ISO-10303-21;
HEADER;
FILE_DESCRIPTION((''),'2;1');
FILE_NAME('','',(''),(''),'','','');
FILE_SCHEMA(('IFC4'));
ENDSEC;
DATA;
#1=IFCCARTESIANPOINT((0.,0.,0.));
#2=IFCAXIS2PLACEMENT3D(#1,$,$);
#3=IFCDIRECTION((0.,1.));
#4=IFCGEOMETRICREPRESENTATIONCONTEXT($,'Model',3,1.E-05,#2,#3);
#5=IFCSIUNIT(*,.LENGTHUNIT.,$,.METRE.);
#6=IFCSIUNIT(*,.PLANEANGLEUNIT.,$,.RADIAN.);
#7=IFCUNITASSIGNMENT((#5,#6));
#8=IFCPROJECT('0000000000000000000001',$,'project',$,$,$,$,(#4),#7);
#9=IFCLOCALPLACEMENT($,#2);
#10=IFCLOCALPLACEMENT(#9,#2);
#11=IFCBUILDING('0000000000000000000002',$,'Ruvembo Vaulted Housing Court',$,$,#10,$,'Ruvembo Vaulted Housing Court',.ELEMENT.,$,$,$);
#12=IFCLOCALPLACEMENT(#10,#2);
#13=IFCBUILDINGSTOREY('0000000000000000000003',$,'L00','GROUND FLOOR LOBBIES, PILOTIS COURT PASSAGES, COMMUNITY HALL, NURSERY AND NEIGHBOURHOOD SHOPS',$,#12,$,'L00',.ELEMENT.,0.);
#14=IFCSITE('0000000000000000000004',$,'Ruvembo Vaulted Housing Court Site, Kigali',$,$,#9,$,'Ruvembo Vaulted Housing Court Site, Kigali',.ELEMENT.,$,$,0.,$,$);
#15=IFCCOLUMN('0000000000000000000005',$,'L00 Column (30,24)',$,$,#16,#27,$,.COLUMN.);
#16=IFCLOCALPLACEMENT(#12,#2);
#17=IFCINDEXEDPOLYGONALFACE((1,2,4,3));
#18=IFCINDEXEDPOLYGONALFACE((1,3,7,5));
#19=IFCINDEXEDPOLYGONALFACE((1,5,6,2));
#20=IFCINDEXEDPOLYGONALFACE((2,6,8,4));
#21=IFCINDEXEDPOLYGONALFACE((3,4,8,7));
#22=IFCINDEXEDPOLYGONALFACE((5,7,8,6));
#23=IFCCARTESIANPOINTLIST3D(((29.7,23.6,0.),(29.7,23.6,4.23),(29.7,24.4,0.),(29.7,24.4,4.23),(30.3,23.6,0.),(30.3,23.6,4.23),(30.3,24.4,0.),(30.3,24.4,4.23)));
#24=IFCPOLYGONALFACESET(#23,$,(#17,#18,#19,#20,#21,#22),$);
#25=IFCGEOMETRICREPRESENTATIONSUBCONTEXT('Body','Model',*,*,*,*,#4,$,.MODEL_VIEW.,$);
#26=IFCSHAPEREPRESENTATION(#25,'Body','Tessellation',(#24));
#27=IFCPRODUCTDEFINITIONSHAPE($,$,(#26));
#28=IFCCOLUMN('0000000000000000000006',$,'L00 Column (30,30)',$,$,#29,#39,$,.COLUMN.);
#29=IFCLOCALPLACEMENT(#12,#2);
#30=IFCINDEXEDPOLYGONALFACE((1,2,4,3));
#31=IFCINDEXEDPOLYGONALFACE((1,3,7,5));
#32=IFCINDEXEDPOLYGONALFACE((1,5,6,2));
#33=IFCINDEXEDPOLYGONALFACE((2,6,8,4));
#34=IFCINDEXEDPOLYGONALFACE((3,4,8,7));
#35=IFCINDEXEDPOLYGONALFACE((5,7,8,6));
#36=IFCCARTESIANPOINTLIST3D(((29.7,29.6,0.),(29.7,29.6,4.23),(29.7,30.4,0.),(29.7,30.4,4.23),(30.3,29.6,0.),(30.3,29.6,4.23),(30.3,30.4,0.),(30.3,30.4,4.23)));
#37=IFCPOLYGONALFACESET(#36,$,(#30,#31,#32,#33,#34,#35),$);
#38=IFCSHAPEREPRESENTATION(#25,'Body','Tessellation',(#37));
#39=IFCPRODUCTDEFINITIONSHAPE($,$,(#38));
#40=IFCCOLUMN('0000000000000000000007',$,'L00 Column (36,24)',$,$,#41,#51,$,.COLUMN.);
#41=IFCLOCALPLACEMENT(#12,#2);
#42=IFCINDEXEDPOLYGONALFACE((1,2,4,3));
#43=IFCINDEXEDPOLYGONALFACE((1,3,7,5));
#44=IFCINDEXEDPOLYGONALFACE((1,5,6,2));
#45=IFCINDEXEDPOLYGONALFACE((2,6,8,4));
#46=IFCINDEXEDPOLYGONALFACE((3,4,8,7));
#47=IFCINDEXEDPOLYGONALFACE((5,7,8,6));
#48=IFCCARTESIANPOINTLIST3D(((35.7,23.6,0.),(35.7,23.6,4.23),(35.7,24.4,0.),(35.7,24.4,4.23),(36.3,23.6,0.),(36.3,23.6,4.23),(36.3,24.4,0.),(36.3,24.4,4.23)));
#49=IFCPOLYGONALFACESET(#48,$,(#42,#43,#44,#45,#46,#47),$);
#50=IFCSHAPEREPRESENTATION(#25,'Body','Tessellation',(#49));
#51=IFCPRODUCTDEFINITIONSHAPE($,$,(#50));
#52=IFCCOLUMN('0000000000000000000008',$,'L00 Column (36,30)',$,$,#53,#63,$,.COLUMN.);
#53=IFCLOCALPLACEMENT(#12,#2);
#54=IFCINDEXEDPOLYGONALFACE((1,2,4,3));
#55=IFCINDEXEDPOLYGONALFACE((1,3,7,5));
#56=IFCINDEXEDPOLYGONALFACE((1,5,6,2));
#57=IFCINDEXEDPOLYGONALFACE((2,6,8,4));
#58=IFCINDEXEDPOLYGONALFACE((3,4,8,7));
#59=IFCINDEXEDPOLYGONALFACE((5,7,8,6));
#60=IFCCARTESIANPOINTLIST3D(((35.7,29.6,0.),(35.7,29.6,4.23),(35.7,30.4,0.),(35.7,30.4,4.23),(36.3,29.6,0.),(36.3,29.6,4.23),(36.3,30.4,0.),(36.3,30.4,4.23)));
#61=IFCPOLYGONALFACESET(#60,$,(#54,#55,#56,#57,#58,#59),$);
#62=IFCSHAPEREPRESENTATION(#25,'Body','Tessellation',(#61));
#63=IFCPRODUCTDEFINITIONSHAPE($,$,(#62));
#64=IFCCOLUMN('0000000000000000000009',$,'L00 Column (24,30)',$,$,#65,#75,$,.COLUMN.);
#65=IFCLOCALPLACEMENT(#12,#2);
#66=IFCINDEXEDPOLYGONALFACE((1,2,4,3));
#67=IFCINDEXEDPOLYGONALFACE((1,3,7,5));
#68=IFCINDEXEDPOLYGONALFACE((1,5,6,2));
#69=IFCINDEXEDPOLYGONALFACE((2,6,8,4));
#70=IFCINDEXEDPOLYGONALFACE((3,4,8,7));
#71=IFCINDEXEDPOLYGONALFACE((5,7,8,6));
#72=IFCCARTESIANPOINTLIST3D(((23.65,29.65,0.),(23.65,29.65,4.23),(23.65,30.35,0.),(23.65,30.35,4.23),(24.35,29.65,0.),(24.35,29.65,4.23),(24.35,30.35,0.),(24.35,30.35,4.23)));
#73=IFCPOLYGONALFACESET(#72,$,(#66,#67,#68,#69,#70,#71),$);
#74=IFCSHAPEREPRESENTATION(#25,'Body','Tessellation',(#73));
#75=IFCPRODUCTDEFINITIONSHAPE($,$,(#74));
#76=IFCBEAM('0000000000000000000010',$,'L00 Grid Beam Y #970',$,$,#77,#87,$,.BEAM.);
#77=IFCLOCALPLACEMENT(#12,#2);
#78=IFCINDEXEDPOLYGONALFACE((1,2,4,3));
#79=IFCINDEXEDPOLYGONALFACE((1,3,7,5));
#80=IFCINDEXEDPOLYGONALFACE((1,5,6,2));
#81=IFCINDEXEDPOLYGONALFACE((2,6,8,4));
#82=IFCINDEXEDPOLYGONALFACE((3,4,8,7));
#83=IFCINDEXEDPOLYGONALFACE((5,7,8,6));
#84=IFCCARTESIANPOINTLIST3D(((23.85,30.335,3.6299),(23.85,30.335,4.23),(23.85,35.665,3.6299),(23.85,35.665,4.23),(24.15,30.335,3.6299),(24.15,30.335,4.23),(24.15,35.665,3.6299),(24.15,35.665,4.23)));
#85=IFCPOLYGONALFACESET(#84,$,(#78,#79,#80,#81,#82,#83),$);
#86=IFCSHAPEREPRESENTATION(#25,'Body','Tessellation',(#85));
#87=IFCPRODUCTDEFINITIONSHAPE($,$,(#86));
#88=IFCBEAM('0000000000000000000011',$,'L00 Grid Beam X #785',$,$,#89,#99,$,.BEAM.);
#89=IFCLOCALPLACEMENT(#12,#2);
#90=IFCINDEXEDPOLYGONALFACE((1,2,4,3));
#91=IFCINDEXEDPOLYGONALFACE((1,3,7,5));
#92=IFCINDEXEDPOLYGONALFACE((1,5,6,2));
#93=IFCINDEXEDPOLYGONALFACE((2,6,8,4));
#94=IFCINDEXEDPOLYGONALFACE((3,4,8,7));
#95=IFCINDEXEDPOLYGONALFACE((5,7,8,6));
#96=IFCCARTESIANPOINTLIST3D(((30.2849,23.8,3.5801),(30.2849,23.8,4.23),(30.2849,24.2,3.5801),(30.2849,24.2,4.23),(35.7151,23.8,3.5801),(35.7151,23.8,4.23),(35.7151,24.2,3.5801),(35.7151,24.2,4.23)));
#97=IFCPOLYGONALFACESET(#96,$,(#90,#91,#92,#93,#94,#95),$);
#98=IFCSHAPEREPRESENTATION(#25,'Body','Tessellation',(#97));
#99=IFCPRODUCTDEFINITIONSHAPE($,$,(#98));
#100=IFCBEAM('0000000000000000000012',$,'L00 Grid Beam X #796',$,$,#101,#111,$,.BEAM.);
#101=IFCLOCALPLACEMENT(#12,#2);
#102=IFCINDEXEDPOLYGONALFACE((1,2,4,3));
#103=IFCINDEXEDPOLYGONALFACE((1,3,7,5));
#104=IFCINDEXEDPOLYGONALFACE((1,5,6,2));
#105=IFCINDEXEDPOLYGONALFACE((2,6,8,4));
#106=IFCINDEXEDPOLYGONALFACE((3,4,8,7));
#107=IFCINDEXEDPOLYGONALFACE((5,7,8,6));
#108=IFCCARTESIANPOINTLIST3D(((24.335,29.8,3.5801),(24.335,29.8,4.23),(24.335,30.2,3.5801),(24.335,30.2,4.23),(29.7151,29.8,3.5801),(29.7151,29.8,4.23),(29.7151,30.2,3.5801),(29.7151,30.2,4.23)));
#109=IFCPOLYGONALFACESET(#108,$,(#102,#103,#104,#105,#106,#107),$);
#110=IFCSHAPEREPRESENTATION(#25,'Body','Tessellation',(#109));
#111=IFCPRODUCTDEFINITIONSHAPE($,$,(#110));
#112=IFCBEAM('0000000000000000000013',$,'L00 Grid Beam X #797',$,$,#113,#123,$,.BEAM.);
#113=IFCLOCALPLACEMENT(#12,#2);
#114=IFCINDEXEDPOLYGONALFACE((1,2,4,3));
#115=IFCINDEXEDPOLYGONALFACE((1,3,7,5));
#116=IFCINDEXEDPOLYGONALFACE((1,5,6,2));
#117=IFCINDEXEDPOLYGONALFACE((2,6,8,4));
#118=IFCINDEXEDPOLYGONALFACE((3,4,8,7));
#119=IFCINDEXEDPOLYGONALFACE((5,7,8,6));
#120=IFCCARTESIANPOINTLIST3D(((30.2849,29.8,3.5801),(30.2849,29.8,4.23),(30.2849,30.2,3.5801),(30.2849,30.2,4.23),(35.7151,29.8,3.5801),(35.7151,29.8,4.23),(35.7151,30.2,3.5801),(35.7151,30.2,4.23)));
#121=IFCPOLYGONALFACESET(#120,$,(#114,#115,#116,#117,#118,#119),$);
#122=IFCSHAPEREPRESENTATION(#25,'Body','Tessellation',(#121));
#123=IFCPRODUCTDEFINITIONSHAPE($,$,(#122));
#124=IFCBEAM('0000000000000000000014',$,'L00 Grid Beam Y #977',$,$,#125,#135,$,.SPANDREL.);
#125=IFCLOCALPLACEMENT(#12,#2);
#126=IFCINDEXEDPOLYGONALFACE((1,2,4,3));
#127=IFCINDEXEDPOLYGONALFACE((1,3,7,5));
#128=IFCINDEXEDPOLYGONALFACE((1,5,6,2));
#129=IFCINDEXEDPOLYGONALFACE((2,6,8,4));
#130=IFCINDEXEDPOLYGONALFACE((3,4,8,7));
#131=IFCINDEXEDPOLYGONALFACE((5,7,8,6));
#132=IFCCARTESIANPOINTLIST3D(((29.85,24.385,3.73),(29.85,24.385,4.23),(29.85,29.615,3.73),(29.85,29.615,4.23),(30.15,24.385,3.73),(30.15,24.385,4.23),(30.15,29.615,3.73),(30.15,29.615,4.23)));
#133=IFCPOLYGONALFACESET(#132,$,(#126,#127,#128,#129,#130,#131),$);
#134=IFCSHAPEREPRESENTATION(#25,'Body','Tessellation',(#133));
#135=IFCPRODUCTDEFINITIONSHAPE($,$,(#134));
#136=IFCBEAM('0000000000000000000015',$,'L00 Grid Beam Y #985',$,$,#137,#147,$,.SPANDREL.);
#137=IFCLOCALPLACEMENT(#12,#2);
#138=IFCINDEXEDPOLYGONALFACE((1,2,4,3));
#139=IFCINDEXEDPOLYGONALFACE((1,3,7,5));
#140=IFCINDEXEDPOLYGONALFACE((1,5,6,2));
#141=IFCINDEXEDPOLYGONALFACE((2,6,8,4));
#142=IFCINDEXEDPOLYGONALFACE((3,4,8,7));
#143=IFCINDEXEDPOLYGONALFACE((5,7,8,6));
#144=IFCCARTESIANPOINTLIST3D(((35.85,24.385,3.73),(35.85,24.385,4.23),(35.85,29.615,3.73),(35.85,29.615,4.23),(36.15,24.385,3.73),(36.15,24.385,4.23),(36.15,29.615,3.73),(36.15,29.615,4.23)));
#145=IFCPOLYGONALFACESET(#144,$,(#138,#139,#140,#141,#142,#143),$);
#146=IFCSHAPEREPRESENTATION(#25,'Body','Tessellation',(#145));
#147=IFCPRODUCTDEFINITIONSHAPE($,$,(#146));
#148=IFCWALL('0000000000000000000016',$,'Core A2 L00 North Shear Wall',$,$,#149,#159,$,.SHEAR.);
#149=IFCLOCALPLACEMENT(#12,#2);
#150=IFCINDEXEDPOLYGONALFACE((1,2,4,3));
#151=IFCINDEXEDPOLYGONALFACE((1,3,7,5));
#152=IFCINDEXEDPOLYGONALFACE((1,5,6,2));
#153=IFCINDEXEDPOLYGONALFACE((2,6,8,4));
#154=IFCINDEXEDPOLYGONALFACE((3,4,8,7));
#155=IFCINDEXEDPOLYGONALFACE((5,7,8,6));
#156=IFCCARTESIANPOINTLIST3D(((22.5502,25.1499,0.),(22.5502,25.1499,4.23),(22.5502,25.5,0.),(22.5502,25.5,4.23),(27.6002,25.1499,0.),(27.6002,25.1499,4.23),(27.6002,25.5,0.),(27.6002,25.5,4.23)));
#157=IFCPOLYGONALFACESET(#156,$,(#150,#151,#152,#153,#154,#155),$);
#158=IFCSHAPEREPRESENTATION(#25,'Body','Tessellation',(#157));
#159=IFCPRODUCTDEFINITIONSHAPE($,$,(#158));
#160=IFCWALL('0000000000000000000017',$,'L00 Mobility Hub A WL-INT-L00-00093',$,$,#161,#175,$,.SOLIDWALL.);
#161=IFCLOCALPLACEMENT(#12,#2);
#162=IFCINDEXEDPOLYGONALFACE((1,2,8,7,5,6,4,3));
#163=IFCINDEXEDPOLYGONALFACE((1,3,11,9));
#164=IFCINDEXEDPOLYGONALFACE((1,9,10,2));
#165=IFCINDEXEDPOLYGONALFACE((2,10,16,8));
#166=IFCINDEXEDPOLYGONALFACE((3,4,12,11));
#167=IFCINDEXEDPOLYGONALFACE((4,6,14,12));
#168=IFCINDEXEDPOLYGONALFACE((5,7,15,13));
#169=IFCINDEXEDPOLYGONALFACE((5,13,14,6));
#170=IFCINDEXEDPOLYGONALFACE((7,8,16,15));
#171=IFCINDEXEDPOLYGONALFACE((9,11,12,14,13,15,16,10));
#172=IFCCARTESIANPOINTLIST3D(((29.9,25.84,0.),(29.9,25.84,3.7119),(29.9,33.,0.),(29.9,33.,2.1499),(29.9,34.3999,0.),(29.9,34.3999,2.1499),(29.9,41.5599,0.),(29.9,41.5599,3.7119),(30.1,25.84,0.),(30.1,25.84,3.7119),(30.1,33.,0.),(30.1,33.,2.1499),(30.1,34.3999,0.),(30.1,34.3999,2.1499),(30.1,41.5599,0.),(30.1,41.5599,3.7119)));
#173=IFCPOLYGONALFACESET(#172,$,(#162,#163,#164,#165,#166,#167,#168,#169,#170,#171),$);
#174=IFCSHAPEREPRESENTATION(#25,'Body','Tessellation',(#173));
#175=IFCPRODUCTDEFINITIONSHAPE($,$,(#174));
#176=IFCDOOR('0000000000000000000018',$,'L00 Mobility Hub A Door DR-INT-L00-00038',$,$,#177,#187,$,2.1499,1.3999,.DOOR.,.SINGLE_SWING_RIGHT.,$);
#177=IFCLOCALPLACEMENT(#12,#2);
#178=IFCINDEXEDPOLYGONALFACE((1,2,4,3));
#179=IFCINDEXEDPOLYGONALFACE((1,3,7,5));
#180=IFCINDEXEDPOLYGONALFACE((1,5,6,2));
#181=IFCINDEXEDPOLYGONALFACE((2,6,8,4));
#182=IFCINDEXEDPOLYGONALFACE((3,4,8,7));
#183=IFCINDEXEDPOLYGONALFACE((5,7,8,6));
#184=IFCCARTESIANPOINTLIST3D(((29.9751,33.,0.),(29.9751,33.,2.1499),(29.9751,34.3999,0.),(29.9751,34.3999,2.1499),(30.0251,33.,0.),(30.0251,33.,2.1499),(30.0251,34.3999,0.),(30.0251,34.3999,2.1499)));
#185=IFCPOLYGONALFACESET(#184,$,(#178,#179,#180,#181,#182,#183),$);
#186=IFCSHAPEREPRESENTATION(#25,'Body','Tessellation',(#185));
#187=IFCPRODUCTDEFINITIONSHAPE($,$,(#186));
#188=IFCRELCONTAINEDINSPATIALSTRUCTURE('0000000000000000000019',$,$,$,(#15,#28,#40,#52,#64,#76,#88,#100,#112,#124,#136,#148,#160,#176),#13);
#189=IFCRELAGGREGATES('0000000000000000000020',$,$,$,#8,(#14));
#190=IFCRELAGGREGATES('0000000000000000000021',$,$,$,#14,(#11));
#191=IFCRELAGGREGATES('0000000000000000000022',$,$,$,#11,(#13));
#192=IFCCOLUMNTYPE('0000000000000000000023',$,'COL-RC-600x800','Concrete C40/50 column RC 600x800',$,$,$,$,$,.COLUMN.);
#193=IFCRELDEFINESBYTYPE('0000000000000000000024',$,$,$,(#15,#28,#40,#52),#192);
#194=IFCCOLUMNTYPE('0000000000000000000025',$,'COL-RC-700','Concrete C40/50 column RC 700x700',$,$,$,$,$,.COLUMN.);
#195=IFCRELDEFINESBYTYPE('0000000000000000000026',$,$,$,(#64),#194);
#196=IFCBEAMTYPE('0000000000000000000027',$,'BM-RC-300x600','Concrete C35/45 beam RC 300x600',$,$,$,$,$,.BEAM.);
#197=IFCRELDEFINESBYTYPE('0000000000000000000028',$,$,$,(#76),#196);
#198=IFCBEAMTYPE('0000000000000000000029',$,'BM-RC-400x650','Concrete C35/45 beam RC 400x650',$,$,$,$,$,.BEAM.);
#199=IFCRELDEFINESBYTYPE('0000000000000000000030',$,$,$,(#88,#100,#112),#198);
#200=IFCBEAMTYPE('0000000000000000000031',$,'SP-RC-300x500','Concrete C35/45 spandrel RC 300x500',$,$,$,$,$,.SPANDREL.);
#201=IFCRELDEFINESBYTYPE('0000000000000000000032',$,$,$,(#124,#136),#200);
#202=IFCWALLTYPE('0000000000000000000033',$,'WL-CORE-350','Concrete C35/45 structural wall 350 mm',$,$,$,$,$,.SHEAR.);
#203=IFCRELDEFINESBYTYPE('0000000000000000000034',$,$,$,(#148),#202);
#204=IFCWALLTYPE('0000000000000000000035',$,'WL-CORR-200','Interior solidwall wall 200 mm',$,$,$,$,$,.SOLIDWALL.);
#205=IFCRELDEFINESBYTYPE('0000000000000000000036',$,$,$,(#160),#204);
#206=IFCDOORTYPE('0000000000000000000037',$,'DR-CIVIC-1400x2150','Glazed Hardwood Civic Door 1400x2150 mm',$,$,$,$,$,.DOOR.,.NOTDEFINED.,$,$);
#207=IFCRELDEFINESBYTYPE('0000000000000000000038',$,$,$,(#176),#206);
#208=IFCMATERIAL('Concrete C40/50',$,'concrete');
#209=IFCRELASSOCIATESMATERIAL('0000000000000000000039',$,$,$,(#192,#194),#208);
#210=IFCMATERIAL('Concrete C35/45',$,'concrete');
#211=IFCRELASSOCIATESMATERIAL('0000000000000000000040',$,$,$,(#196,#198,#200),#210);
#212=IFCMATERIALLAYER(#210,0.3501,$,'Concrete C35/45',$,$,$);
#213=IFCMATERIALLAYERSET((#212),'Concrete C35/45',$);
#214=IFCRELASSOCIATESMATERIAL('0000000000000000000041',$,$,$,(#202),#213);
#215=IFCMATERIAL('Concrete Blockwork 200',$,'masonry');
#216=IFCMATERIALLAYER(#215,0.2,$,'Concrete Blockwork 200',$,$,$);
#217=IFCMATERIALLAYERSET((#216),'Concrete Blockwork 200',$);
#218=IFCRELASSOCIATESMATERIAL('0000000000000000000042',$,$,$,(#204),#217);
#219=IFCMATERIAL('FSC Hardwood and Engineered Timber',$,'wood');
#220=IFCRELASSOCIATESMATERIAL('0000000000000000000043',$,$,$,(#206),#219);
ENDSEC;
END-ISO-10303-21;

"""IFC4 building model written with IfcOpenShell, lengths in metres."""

from ifc_helpers import new_model, si_unit, direction, frame, frame_2d, origin, origin_2d, place, context, subcontext, project, spatial, rectangle, extrude, material, layer, layer_set, material_profile, profile_set, type_object, element, fill, save


model = new_model("IFC4")

# Units and contexts
model_context = context("Model", 3, precision=1e-05, world=origin(), true_north=direction((0.0, 1.0)))
body_context = subcontext(model_context, "Body", "Model", "MODEL_VIEW")
ifc_project = project(units=[si_unit("LENGTHUNIT", "METRE"), si_unit("PLANEANGLEUNIT", "RADIAN")], contexts=[model_context])

# Site, building, storey
site_placement = place(None, origin())
site = spatial("IfcSite", under=ifc_project, at=site_placement, Name="Ruvembo Vaulted Housing Court Site, Kigali", LongName="Ruvembo Vaulted Housing Court Site, Kigali", CompositionType="ELEMENT", RefElevation=0.0)
building_placement = place(site_placement, origin())
building = spatial("IfcBuilding", under=site, at=building_placement, Name="Ruvembo Vaulted Housing Court", LongName="Ruvembo Vaulted Housing Court", CompositionType="ELEMENT")
storey_placement = place(building_placement, origin())
storey = spatial("IfcBuildingStorey", under=building, at=storey_placement, Name="L00", Description="GROUND FLOOR LOBBIES, PILOTIS COURT PASSAGES, COMMUNITY HALL, NURSERY AND NEIGHBOURHOOD SHOPS", LongName="L00", CompositionType="ELEMENT", Elevation=0.0)

# Columns
ifc_material_1 = material(Name="Concrete C40/50", Category="concrete")
ifc_material_profile_1 = material_profile(ifc_material_1, rectangle(XDim=0.6001, YDim=0.8, at=origin_2d()), Name="RC 600x800")
ifc_profile_set_1 = profile_set([ifc_material_profile_1], Name="Concrete C40/50")
column_type_1 = type_object("IfcColumnType", Name="COL-RC-600x800", Description="Concrete C40/50 column RC 600x800", PredefinedType="COLUMN", material=ifc_profile_set_1)
for number, where, z_axis, x_axis, name in (
    (1, (30.0, 24.0, 0.0), (0.0, 0.0, 1.0), (1.0, 0.0, 0.0), "L00 Column (30,24)"),
    (2, (30.0, 30.0, 0.0), (0.0, 0.0, 1.0), (1.0, 0.0, 0.0), "L00 Column (30,30)"),
    (3, (36.0, 24.0, 0.0), (0.0, 0.0, 1.0), (1.0, 0.0, 0.0), "L00 Column (36,24)"),
    (4, (36.0, 30.0, 0.0), (0.0, 0.0, 1.0), (1.0, 0.0, 0.0), "L00 Column (36,30)"),
):
    element("IfcColumn", number, at=place(storey_placement, frame(where, z_axis=z_axis, x_axis=x_axis)), inside=storey, type_object=column_type_1, Name=name, PredefinedType="COLUMN", context=body_context, shape_type="SweptSolid", body=[
        extrude(rectangle(XDim=0.6001, YDim=0.8, at=origin_2d()), origin(), (0.0, 0.0, 1.0), 4.23),
    ])
ifc_material_profile_2 = material_profile(ifc_material_1, rectangle(XDim=0.7, YDim=0.7, at=origin_2d()), Name="RC 700x700")
ifc_profile_set_2 = profile_set([ifc_material_profile_2], Name="Concrete C40/50")
column_type_2 = type_object("IfcColumnType", Name="COL-RC-700", Description="Concrete C40/50 column RC 700x700", PredefinedType="COLUMN", material=ifc_profile_set_2)
column_placement = place(storey_placement, frame((24.0, 30.0, 0.0), z_axis=(0.0, 0.0, 1.0), x_axis=(1.0, 0.0, 0.0)))
element("IfcColumn", 5, at=column_placement, inside=storey, type_object=column_type_2, Name="L00 Column (24,30)", PredefinedType="COLUMN", context=body_context, shape_type="SweptSolid", body=[
    extrude(rectangle(XDim=0.7, YDim=0.7, at=origin_2d()), origin(), (0.0, 0.0, 1.0), 4.23),
])

# Beams
ifc_material_2 = material(Name="Concrete C35/45", Category="concrete")
ifc_material_profile_3 = material_profile(ifc_material_2, rectangle(XDim=0.3, YDim=0.6001, at=origin_2d()), Name="RC 300x600")
ifc_profile_set_3 = profile_set([ifc_material_profile_3], Name="Concrete C35/45")
beam_type_1 = type_object("IfcBeamType", Name="BM-RC-300x600", Description="Concrete C35/45 beam RC 300x600", PredefinedType="BEAM", material=ifc_profile_set_3)
beam_1_placement = place(storey_placement, frame((24.0, 30.335, 3.9299), z_axis=(0.0, 1.0, 0.0), x_axis=(-1.0, 0.0, 0.0)))
element("IfcBeam", 6, at=beam_1_placement, inside=storey, type_object=beam_type_1, Name="L00 Grid Beam Y #970", PredefinedType="BEAM", context=body_context, shape_type="SweptSolid", body=[
    extrude(rectangle(XDim=0.3, YDim=0.6001, at=origin_2d()), origin(), (0.0, 0.0, 1.0), 5.3301),
])
ifc_material_profile_4 = material_profile(ifc_material_2, rectangle(XDim=0.3999, YDim=0.6499, at=origin_2d()), Name="RC 400x650")
ifc_profile_set_4 = profile_set([ifc_material_profile_4], Name="Concrete C35/45")
beam_type_2 = type_object("IfcBeamType", Name="BM-RC-400x650", Description="Concrete C35/45 beam RC 400x650", PredefinedType="BEAM", material=ifc_profile_set_4)
beam_2_placement = place(storey_placement, frame((30.2849, 24.0, 3.905), z_axis=(1.0, 0.0, 0.0), x_axis=(0.0, 1.0, 0.0)))
element("IfcBeam", 7, at=beam_2_placement, inside=storey, type_object=beam_type_2, Name="L00 Grid Beam X #785", PredefinedType="BEAM", context=body_context, shape_type="SweptSolid", body=[
    extrude(rectangle(XDim=0.3999, YDim=0.6499, at=origin_2d()), origin(), (0.0, 0.0, 1.0), 5.4302),
])
beam_3_placement = place(storey_placement, frame((24.335, 30.0, 3.905), z_axis=(1.0, 0.0, 0.0), x_axis=(0.0, 1.0, 0.0)))
element("IfcBeam", 8, at=beam_3_placement, inside=storey, type_object=beam_type_2, Name="L00 Grid Beam X #796", PredefinedType="BEAM", context=body_context, shape_type="SweptSolid", body=[
    extrude(rectangle(XDim=0.3999, YDim=0.6499, at=origin_2d()), origin(), (0.0, 0.0, 1.0), 5.3801),
])
beam_4_placement = place(storey_placement, frame((30.2849, 30.0, 3.905), z_axis=(1.0, 0.0, 0.0), x_axis=(0.0, 1.0, 0.0)))
element("IfcBeam", 9, at=beam_4_placement, inside=storey, type_object=beam_type_2, Name="L00 Grid Beam X #797", PredefinedType="BEAM", context=body_context, shape_type="SweptSolid", body=[
    extrude(rectangle(XDim=0.3999, YDim=0.6499, at=origin_2d()), origin(), (0.0, 0.0, 1.0), 5.4302),
])
ifc_material_profile_5 = material_profile(ifc_material_2, rectangle(XDim=0.3, YDim=0.5, at=origin_2d()), Name="RC 300x500")
ifc_profile_set_5 = profile_set([ifc_material_profile_5], Name="Concrete C35/45")
beam_type_3 = type_object("IfcBeamType", Name="SP-RC-300x500", Description="Concrete C35/45 spandrel RC 300x500", PredefinedType="SPANDREL", material=ifc_profile_set_5)
for number, where, z_axis, x_axis, name in (
    (10, (30.0, 24.385, 3.98), (0.0, 1.0, 0.0), (-1.0, 0.0, 0.0), "L00 Grid Beam Y #977"),
    (11, (36.0, 24.385, 3.98), (0.0, 1.0, 0.0), (-1.0, 0.0, 0.0), "L00 Grid Beam Y #985"),
):
    element("IfcBeam", number, at=place(storey_placement, frame(where, z_axis=z_axis, x_axis=x_axis)), inside=storey, type_object=beam_type_3, Name=name, PredefinedType="SPANDREL", context=body_context, shape_type="SweptSolid", body=[
        extrude(rectangle(XDim=0.3, YDim=0.5, at=origin_2d()), origin(), (0.0, 0.0, 1.0), 5.23),
    ])

# Wall
ifc_layer_1 = layer(ifc_material_2, 0.3501, Name="Concrete C35/45")
ifc_layer_set_1 = layer_set([ifc_layer_1], Name="Concrete C35/45")
wall_type_1 = type_object("IfcWallType", Name="WL-CORE-350", Description="Concrete C35/45 structural wall 350 mm", PredefinedType="SHEAR", material=ifc_layer_set_1)
wall_1_placement = place(storey_placement, frame((27.6001, 25.325, 0.0), z_axis=(0.0, 0.0, 1.0), x_axis=(-1.0, 0.0, 0.0)))
element("IfcWall", 12, at=wall_1_placement, inside=storey, type_object=wall_type_1, Name="Core A2 L00 North Shear Wall", PredefinedType="SHEAR", context=body_context, shape_type="SweptSolid", body=[
    extrude(rectangle(XDim=5.05, YDim=0.3501, at=frame_2d((2.5249, 0.0))), origin(), (0.0, 0.0, 1.0), 4.23),
])

# Wall, opening, door
ifc_material_3 = material(Name="Concrete Blockwork 200", Category="masonry")
ifc_layer_2 = layer(ifc_material_3, 0.2, Name="Concrete Blockwork 200")
ifc_layer_set_2 = layer_set([ifc_layer_2], Name="Concrete Blockwork 200")
wall_type_2 = type_object("IfcWallType", Name="WL-CORR-200", Description="Interior solidwall wall 200 mm", PredefinedType="SOLIDWALL", material=ifc_layer_set_2)
wall_2_placement = place(storey_placement, frame((30.0, 25.8401, 0.0), z_axis=(0.0, 0.0, 1.0), x_axis=(0.0, 1.0, 0.0)))
wall_2 = element("IfcWall", 13, at=wall_2_placement, inside=storey, type_object=wall_type_2, Name="L00 Mobility Hub A WL-INT-L00-00093", PredefinedType="SOLIDWALL", context=body_context, shape_type="SweptSolid", body=[
    extrude(rectangle(XDim=15.72, YDim=0.2, at=frame_2d((7.8599, 0.0))), origin(), (0.0, 0.0, 1.0), 3.7119),
])
opening_1_placement = place(wall_2_placement, frame((7.1599, 0.0, 0.0)))
opening_1 = element("IfcOpeningElement", 14, at=opening_1_placement, cuts=wall_2, PredefinedType="OPENING", context=body_context, shape_type="SweptSolid", body=[
    extrude(rectangle(XDim=1.3999, YDim=2.1499, at=frame_2d((0.7, 1.075))), frame((0.0, 0.1099, 0.0), z_axis=(0.0, -1.0, 0.0), x_axis=(1.0, 0.0, 0.0)), (0.0, 0.0, 1.0), 0.22),
])
ifc_material_4 = material(Name="FSC Hardwood and Engineered Timber", Category="wood")
door_type_1 = type_object("IfcDoorType", Name="DR-CIVIC-1400x2150", Description="Glazed Hardwood Civic Door 1400x2150 mm", OperationType="NOTDEFINED", PredefinedType="DOOR", material=ifc_material_4)
door_1_placement = place(opening_1_placement, origin())
door_1 = element("IfcDoor", 15, at=door_1_placement, inside=storey, type_object=door_type_1, Name="L00 Mobility Hub A Door DR-INT-L00-00038", OperationType="SINGLE_SWING_RIGHT", OverallHeight=2.1499, OverallWidth=1.3999, PredefinedType="DOOR", context=body_context, shape_type="SweptSolid", body=[
    extrude(rectangle(XDim=1.3999, YDim=2.1499, at=frame_2d((0.7, 1.075))), frame((0.0, 0.0249, 0.0), z_axis=(0.0, -1.0, 0.0), x_axis=(1.0, 0.0, 0.0)), (0.0, 0.0, 1.0), 0.05),
])
fill(opening_1, door_1)

save(model, "model.ifc")
